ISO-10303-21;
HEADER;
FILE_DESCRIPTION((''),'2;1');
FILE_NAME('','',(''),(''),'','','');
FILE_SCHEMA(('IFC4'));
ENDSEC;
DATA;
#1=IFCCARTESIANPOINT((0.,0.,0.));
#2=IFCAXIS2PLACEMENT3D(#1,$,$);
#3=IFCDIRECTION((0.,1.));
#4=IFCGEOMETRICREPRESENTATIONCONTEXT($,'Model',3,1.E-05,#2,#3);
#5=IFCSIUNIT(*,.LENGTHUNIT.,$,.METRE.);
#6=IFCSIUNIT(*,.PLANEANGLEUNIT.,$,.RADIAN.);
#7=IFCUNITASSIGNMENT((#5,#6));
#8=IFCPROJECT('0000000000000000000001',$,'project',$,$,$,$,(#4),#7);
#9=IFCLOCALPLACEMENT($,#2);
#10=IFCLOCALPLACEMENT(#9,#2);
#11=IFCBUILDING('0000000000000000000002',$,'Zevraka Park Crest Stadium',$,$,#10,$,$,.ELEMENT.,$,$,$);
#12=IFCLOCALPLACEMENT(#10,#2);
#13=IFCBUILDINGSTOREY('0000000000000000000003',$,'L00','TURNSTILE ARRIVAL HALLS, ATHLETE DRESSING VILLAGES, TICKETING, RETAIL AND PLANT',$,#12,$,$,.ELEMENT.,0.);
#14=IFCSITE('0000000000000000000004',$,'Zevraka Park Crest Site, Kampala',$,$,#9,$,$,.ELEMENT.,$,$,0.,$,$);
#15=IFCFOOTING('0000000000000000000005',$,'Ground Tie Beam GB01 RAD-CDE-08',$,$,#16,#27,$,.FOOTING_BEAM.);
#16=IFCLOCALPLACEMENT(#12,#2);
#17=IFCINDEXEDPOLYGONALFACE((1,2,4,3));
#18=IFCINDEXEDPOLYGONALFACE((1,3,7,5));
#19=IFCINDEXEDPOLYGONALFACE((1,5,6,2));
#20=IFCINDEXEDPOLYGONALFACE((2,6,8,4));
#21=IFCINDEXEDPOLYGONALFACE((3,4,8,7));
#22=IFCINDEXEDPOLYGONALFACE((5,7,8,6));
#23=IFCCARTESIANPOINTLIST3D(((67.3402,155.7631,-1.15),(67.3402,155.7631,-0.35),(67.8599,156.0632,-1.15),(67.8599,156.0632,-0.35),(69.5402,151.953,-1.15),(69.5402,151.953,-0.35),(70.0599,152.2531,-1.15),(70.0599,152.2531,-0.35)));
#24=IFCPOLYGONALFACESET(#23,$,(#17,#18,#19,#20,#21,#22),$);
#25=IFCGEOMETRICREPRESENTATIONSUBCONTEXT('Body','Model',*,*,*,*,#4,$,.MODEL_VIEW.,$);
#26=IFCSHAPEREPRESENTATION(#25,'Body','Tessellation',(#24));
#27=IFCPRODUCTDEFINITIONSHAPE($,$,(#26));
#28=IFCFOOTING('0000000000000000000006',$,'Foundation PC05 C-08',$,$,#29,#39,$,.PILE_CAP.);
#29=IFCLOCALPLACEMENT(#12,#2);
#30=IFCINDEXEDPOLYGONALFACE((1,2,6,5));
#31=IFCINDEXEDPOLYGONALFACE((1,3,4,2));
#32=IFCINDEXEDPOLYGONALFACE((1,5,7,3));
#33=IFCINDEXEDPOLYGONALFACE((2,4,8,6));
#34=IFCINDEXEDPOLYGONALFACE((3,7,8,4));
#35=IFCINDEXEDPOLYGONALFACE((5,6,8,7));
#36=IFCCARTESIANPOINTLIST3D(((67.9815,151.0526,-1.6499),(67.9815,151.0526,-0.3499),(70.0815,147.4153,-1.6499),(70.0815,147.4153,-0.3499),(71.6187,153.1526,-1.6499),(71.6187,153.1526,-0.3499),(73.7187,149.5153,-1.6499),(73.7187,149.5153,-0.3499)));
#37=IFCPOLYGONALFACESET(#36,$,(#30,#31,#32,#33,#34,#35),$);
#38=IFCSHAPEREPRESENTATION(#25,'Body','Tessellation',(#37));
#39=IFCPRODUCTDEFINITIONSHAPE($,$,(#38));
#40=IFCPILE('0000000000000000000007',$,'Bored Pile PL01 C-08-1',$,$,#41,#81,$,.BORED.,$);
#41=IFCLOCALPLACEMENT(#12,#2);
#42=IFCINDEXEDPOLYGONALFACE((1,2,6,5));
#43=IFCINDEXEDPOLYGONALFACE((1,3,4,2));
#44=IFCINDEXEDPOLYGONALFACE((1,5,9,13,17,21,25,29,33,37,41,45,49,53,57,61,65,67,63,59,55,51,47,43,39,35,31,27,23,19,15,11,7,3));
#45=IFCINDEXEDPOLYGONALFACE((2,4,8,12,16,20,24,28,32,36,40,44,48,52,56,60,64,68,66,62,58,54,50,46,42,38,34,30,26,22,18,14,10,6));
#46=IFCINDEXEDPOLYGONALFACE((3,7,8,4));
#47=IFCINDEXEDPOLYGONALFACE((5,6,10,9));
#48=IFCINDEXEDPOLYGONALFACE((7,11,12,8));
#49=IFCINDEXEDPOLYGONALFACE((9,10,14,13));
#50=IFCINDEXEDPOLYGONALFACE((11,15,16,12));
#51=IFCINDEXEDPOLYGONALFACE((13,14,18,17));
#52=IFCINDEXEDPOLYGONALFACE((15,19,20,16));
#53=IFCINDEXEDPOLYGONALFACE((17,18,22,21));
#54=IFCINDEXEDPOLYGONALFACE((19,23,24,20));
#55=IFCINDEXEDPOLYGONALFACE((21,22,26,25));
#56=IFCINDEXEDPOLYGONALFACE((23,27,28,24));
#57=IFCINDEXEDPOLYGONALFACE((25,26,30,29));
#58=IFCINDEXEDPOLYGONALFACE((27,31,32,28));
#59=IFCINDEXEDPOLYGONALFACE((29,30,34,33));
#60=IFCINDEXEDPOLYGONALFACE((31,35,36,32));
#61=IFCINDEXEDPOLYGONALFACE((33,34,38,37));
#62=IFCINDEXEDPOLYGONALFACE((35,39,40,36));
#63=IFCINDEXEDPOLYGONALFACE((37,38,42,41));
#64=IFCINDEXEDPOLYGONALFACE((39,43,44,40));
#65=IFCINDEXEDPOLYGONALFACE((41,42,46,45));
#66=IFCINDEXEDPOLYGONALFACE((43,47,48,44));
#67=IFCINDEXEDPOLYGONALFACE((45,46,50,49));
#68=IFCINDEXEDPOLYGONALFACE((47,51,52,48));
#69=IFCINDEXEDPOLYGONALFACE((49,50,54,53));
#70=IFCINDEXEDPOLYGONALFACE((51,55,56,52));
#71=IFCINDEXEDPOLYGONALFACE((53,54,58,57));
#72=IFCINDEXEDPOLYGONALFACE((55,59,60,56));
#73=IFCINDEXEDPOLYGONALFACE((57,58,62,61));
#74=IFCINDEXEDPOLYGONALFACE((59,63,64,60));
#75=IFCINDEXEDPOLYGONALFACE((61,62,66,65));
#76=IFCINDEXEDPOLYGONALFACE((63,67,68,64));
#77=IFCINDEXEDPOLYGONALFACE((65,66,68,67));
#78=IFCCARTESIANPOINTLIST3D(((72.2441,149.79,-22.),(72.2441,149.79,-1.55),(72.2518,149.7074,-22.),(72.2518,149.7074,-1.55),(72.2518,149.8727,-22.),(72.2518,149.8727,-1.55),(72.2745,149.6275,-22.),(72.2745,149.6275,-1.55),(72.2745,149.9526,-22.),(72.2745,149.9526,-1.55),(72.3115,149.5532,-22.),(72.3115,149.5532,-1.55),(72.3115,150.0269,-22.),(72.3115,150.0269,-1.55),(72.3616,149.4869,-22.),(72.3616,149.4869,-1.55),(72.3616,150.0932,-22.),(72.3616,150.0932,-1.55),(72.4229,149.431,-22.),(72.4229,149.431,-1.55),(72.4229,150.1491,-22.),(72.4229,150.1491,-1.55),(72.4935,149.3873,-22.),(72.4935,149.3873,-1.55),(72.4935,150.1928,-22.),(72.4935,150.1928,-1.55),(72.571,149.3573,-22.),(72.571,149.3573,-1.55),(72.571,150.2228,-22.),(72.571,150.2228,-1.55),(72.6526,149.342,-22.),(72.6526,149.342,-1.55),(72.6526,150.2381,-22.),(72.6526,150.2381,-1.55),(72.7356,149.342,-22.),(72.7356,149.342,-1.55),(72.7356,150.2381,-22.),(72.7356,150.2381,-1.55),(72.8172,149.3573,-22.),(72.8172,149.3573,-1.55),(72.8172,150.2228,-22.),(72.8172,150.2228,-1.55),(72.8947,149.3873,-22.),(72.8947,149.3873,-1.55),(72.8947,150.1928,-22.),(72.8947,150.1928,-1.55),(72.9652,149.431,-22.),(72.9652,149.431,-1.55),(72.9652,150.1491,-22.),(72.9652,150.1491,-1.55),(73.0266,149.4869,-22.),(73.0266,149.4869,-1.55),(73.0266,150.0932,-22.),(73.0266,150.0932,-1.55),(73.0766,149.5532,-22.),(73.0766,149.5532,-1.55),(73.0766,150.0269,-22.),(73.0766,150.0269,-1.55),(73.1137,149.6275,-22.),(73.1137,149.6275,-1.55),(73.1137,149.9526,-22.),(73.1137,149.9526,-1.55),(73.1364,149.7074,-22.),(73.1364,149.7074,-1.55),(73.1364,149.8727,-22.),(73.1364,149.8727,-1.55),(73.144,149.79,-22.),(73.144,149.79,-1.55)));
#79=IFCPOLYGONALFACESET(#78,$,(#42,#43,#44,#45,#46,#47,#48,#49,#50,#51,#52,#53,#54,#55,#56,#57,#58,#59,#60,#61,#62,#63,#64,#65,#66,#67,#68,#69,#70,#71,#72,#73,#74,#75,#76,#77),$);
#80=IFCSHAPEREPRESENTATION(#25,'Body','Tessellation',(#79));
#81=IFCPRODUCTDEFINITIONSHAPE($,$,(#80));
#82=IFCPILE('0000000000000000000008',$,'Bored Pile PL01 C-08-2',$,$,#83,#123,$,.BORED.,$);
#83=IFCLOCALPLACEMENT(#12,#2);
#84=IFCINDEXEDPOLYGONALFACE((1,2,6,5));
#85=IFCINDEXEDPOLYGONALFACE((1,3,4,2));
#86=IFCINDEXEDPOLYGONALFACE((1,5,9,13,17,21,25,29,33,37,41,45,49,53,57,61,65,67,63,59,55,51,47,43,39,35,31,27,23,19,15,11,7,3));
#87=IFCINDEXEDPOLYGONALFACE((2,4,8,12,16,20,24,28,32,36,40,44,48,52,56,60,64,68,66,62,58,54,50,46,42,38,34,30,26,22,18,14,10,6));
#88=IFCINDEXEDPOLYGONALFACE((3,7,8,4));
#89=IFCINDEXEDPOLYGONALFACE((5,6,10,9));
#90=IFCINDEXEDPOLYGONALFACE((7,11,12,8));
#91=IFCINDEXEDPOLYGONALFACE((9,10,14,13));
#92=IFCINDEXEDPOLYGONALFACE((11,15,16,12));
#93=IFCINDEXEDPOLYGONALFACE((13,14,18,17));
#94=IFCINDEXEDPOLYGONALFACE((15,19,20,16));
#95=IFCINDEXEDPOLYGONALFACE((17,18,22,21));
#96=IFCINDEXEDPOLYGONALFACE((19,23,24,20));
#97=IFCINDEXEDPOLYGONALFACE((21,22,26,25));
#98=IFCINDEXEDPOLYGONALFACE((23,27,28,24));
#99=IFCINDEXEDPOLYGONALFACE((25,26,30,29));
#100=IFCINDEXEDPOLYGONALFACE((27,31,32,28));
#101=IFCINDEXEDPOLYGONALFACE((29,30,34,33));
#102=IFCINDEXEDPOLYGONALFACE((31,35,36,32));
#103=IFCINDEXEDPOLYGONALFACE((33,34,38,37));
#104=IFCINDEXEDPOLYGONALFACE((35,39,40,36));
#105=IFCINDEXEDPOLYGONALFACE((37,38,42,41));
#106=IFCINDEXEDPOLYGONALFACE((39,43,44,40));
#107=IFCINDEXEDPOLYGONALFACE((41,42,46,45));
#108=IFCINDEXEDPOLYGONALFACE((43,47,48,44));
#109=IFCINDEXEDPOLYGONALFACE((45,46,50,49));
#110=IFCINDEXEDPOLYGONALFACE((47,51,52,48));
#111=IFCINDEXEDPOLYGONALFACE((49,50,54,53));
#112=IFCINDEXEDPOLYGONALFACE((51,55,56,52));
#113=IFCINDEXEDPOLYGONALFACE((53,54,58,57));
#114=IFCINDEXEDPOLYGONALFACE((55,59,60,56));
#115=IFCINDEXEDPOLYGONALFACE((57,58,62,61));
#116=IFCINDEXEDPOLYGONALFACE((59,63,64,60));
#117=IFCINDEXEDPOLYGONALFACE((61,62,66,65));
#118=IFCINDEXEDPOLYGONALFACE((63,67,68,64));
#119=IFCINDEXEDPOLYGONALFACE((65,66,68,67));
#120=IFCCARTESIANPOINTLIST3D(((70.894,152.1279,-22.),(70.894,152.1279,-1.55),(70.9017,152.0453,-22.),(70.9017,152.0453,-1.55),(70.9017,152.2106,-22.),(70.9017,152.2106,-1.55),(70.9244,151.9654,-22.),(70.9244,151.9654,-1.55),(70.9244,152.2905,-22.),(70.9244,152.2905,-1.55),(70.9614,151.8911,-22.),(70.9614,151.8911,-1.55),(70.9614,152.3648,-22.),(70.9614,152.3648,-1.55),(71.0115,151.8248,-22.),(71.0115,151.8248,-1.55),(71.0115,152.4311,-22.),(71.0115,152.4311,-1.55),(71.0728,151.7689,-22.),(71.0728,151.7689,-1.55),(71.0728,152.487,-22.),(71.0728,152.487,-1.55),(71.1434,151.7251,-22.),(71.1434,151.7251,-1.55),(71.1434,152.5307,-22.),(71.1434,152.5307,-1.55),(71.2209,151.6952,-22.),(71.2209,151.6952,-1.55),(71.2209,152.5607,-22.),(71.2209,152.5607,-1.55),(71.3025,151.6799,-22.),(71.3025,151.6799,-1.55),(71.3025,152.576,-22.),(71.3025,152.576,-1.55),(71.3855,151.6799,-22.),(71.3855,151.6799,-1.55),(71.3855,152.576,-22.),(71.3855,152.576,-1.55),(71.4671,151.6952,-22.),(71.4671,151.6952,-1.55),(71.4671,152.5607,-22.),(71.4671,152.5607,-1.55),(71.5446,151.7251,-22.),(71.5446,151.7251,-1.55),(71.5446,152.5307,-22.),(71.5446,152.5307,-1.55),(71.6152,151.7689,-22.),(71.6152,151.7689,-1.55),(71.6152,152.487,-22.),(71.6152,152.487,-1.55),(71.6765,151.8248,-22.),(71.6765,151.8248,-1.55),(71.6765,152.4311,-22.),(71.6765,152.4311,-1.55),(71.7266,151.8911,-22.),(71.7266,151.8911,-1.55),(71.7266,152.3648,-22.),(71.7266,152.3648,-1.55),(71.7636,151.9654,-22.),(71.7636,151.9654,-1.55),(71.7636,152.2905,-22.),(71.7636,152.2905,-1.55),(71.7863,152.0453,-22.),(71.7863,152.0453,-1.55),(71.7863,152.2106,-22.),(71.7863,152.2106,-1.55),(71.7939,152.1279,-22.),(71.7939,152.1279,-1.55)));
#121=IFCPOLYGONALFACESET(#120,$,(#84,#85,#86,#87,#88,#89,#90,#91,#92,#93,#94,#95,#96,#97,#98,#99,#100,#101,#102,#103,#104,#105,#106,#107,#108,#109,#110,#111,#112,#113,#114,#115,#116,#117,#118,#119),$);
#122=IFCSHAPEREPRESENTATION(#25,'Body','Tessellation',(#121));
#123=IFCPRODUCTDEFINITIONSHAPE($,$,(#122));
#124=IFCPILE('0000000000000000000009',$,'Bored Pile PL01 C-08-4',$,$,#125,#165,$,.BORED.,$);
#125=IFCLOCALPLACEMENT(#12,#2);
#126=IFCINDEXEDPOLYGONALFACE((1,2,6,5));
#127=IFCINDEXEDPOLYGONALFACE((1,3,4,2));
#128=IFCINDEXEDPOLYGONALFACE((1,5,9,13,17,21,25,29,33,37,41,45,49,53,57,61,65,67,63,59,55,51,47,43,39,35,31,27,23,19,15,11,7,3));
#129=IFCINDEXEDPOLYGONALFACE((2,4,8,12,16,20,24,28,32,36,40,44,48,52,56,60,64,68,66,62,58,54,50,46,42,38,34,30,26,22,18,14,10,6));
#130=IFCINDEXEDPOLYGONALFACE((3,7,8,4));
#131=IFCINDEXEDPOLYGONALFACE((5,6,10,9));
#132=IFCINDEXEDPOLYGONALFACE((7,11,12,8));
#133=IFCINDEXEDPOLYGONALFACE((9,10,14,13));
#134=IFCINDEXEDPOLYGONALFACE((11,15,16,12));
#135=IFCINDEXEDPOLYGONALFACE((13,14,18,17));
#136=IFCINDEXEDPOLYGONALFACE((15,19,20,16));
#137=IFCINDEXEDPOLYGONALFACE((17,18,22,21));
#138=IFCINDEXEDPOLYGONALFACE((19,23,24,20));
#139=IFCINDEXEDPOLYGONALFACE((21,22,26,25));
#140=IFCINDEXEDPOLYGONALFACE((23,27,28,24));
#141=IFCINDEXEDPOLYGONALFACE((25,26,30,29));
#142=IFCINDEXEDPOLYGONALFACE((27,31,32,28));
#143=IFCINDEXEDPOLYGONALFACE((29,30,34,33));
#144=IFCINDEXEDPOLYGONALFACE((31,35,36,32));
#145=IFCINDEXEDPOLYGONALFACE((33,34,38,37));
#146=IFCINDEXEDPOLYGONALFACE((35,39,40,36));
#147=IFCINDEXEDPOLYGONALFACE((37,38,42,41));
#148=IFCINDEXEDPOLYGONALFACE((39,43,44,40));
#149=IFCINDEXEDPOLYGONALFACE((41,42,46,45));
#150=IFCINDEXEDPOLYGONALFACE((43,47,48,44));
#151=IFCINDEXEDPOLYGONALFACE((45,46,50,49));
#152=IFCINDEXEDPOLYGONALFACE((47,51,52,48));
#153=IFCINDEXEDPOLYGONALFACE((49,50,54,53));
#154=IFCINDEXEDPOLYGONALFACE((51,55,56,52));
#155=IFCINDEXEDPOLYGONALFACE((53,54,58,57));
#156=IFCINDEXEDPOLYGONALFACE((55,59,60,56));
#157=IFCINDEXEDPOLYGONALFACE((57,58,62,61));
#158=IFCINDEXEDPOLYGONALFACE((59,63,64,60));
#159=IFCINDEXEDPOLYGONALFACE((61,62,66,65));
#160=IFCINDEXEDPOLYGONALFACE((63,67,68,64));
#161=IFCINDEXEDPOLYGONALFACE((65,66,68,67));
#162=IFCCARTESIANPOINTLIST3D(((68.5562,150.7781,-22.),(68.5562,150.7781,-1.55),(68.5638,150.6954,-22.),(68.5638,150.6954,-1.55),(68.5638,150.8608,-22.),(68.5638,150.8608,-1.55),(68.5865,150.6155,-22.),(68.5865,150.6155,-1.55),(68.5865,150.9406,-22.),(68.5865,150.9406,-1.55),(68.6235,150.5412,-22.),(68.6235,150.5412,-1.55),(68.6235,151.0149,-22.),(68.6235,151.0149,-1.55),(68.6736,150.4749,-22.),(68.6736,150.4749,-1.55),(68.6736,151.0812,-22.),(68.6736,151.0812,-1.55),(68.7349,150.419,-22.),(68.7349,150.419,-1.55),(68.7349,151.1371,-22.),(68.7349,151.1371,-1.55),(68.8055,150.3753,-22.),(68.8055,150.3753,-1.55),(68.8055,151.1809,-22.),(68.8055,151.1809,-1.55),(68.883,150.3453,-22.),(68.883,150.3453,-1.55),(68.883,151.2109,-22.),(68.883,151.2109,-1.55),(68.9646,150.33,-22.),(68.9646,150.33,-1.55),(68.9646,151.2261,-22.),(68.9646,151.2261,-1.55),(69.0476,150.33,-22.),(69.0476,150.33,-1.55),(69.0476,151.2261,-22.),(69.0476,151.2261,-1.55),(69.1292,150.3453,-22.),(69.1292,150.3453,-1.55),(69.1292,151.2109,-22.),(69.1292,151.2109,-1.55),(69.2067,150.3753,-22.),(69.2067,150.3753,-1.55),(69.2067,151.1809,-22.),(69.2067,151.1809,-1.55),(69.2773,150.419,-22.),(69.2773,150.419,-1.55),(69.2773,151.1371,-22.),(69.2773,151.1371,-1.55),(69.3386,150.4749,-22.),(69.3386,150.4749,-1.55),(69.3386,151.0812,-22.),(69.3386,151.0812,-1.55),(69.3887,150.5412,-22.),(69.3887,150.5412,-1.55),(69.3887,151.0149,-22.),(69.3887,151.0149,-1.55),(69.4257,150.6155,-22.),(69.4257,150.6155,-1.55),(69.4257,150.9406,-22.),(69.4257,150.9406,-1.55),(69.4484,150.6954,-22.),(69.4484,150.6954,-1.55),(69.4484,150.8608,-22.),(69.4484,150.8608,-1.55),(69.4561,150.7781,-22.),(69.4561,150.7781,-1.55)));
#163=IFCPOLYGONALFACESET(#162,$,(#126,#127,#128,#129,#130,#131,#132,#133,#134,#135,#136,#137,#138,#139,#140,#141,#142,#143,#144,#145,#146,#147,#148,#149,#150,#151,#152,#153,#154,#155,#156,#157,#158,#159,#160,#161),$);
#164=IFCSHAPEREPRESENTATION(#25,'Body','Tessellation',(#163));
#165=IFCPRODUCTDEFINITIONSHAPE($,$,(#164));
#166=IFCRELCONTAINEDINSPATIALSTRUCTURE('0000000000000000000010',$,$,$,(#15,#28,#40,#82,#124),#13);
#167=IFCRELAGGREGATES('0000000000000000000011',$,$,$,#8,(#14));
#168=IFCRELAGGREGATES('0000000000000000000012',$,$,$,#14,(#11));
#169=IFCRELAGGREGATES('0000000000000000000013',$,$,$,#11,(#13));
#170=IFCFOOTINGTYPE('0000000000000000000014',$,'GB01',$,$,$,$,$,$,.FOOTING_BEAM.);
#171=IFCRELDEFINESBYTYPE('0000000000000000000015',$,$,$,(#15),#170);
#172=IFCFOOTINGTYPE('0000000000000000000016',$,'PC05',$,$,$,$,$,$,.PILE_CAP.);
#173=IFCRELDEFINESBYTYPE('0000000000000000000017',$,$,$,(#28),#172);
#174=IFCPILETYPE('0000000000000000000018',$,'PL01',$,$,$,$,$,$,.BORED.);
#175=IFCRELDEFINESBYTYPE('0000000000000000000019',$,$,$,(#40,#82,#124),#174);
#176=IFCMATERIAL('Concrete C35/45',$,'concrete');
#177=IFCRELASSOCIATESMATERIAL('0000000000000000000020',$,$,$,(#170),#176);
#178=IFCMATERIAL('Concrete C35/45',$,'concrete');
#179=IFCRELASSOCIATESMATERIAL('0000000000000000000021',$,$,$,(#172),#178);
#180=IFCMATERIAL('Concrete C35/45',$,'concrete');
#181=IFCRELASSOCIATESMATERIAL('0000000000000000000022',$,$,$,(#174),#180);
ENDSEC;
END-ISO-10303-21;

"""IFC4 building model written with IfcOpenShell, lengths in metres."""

from ifc_helpers import new_model, si_unit, direction, frame, origin, origin_2d, place, context, subcontext, project, spatial, rectangle, circle, extrude, material, material_profile, profile_set, type_object, element, save


model = new_model("IFC4")

# Units and contexts
model_context = context("Model", 3, precision=1e-05, world=origin(), true_north=direction((0.0, 1.0)))
body_context = subcontext(model_context, "Body", "Model", "MODEL_VIEW")
ifc_project = project(units=[si_unit("LENGTHUNIT", "METRE"), si_unit("PLANEANGLEUNIT", "RADIAN")], contexts=[model_context])

# Site, building, storey
site_placement = place(None, origin())
site = spatial("IfcSite", under=ifc_project, at=site_placement, Name="Zevraka Park Crest Site, Kampala", CompositionType="ELEMENT", RefElevation=0.0)
building_placement = place(site_placement, origin())
building = spatial("IfcBuilding", under=site, at=building_placement, Name="Zevraka Park Crest Stadium", CompositionType="ELEMENT")
storey_placement = place(building_placement, origin())
storey = spatial("IfcBuildingStorey", under=building, at=storey_placement, Name="L00", Description="TURNSTILE ARRIVAL HALLS, ATHLETE DRESSING VILLAGES, TICKETING, RETAIL AND PLANT", CompositionType="ELEMENT", Elevation=0.0)

# Footings
ifc_material_1 = material(Name="Concrete C35/45", Category="concrete")
ifc_material_profile_1 = material_profile(ifc_material_1, rectangle(XDim=0.6001, YDim=0.8, at=origin_2d()), Name="GB 800x600")
ifc_profile_set_1 = profile_set([ifc_material_profile_1], Name="Concrete C35/45")
footing_type_1 = type_object("IfcFootingType", Name="GB01", PredefinedType="FOOTING_BEAM", material=ifc_profile_set_1)
footing_1_placement = place(storey_placement, frame((69.8, 152.103, -0.75), z_axis=(-0.500036, 0.866004, 0.0), x_axis=(-0.866004, -0.500036, 0.0)))
element("IfcFooting", 1, at=footing_1_placement, inside=storey, type_object=footing_type_1, Name="Ground Tie Beam GB01 RAD-CDE-08", PredefinedType="FOOTING_BEAM", context=body_context, shape_type="SweptSolid", body=[
    extrude(rectangle(XDim=0.6001, YDim=0.8, at=origin_2d()), origin(), (0.0, 0.0, 1.0), 4.3997),
])
ifc_material_2 = material(Name="Concrete C35/45", Category="concrete")
footing_type_2 = type_object("IfcFootingType", Name="PC05", PredefinedType="PILE_CAP", material=ifc_material_2)
footing_2_placement = place(storey_placement, frame((70.8501, 150.2839, -1.6499), z_axis=(0.0, 0.0, 1.0), x_axis=(-0.5, 0.866025, 0.0)))
element("IfcFooting", 2, at=footing_2_placement, inside=storey, type_object=footing_type_2, Name="Foundation PC05 C-08", PredefinedType="PILE_CAP", context=body_context, shape_type="SweptSolid", body=[
    extrude(rectangle(XDim=4.2, YDim=4.2, at=origin_2d()), origin(), (0.0, 0.0, 1.0), 1.3),
])

# Piles
ifc_material_3 = material(Name="Concrete C35/45", Category="concrete")
ifc_material_profile_2 = material_profile(ifc_material_3, circle(Radius=0.45, at=origin_2d()), Name="PILE D900")
ifc_profile_set_2 = profile_set([ifc_material_profile_2], Name="Concrete C35/45")
pile_type_1 = type_object("IfcPileType", Name="PL01", PredefinedType="BORED", material=ifc_profile_set_2)
for number, where, z_axis, x_axis, name in (
    (3, (72.6941, 149.79, -1.55), (0.0, 0.0, -1.0), (1.0, 0.0, 0.0), "Bored Pile PL01 C-08-1"),
    (4, (71.344, 152.1279, -1.55), (0.0, 0.0, -1.0), (1.0, 0.0, 0.0), "Bored Pile PL01 C-08-2"),
    (5, (69.0061, 150.7781, -1.55), (0.0, 0.0, -1.0), (1.0, 0.0, 0.0), "Bored Pile PL01 C-08-4"),
):
    element("IfcPile", number, at=place(storey_placement, frame(where, z_axis=z_axis, x_axis=x_axis)), inside=storey, type_object=pile_type_1, Name=name, PredefinedType="BORED", context=body_context, shape_type="SweptSolid", body=[
        extrude(circle(Radius=0.45, at=origin_2d()), origin(), (0.0, 0.0, 1.0), 20.45),
    ])

save(model, "model.ifc")
